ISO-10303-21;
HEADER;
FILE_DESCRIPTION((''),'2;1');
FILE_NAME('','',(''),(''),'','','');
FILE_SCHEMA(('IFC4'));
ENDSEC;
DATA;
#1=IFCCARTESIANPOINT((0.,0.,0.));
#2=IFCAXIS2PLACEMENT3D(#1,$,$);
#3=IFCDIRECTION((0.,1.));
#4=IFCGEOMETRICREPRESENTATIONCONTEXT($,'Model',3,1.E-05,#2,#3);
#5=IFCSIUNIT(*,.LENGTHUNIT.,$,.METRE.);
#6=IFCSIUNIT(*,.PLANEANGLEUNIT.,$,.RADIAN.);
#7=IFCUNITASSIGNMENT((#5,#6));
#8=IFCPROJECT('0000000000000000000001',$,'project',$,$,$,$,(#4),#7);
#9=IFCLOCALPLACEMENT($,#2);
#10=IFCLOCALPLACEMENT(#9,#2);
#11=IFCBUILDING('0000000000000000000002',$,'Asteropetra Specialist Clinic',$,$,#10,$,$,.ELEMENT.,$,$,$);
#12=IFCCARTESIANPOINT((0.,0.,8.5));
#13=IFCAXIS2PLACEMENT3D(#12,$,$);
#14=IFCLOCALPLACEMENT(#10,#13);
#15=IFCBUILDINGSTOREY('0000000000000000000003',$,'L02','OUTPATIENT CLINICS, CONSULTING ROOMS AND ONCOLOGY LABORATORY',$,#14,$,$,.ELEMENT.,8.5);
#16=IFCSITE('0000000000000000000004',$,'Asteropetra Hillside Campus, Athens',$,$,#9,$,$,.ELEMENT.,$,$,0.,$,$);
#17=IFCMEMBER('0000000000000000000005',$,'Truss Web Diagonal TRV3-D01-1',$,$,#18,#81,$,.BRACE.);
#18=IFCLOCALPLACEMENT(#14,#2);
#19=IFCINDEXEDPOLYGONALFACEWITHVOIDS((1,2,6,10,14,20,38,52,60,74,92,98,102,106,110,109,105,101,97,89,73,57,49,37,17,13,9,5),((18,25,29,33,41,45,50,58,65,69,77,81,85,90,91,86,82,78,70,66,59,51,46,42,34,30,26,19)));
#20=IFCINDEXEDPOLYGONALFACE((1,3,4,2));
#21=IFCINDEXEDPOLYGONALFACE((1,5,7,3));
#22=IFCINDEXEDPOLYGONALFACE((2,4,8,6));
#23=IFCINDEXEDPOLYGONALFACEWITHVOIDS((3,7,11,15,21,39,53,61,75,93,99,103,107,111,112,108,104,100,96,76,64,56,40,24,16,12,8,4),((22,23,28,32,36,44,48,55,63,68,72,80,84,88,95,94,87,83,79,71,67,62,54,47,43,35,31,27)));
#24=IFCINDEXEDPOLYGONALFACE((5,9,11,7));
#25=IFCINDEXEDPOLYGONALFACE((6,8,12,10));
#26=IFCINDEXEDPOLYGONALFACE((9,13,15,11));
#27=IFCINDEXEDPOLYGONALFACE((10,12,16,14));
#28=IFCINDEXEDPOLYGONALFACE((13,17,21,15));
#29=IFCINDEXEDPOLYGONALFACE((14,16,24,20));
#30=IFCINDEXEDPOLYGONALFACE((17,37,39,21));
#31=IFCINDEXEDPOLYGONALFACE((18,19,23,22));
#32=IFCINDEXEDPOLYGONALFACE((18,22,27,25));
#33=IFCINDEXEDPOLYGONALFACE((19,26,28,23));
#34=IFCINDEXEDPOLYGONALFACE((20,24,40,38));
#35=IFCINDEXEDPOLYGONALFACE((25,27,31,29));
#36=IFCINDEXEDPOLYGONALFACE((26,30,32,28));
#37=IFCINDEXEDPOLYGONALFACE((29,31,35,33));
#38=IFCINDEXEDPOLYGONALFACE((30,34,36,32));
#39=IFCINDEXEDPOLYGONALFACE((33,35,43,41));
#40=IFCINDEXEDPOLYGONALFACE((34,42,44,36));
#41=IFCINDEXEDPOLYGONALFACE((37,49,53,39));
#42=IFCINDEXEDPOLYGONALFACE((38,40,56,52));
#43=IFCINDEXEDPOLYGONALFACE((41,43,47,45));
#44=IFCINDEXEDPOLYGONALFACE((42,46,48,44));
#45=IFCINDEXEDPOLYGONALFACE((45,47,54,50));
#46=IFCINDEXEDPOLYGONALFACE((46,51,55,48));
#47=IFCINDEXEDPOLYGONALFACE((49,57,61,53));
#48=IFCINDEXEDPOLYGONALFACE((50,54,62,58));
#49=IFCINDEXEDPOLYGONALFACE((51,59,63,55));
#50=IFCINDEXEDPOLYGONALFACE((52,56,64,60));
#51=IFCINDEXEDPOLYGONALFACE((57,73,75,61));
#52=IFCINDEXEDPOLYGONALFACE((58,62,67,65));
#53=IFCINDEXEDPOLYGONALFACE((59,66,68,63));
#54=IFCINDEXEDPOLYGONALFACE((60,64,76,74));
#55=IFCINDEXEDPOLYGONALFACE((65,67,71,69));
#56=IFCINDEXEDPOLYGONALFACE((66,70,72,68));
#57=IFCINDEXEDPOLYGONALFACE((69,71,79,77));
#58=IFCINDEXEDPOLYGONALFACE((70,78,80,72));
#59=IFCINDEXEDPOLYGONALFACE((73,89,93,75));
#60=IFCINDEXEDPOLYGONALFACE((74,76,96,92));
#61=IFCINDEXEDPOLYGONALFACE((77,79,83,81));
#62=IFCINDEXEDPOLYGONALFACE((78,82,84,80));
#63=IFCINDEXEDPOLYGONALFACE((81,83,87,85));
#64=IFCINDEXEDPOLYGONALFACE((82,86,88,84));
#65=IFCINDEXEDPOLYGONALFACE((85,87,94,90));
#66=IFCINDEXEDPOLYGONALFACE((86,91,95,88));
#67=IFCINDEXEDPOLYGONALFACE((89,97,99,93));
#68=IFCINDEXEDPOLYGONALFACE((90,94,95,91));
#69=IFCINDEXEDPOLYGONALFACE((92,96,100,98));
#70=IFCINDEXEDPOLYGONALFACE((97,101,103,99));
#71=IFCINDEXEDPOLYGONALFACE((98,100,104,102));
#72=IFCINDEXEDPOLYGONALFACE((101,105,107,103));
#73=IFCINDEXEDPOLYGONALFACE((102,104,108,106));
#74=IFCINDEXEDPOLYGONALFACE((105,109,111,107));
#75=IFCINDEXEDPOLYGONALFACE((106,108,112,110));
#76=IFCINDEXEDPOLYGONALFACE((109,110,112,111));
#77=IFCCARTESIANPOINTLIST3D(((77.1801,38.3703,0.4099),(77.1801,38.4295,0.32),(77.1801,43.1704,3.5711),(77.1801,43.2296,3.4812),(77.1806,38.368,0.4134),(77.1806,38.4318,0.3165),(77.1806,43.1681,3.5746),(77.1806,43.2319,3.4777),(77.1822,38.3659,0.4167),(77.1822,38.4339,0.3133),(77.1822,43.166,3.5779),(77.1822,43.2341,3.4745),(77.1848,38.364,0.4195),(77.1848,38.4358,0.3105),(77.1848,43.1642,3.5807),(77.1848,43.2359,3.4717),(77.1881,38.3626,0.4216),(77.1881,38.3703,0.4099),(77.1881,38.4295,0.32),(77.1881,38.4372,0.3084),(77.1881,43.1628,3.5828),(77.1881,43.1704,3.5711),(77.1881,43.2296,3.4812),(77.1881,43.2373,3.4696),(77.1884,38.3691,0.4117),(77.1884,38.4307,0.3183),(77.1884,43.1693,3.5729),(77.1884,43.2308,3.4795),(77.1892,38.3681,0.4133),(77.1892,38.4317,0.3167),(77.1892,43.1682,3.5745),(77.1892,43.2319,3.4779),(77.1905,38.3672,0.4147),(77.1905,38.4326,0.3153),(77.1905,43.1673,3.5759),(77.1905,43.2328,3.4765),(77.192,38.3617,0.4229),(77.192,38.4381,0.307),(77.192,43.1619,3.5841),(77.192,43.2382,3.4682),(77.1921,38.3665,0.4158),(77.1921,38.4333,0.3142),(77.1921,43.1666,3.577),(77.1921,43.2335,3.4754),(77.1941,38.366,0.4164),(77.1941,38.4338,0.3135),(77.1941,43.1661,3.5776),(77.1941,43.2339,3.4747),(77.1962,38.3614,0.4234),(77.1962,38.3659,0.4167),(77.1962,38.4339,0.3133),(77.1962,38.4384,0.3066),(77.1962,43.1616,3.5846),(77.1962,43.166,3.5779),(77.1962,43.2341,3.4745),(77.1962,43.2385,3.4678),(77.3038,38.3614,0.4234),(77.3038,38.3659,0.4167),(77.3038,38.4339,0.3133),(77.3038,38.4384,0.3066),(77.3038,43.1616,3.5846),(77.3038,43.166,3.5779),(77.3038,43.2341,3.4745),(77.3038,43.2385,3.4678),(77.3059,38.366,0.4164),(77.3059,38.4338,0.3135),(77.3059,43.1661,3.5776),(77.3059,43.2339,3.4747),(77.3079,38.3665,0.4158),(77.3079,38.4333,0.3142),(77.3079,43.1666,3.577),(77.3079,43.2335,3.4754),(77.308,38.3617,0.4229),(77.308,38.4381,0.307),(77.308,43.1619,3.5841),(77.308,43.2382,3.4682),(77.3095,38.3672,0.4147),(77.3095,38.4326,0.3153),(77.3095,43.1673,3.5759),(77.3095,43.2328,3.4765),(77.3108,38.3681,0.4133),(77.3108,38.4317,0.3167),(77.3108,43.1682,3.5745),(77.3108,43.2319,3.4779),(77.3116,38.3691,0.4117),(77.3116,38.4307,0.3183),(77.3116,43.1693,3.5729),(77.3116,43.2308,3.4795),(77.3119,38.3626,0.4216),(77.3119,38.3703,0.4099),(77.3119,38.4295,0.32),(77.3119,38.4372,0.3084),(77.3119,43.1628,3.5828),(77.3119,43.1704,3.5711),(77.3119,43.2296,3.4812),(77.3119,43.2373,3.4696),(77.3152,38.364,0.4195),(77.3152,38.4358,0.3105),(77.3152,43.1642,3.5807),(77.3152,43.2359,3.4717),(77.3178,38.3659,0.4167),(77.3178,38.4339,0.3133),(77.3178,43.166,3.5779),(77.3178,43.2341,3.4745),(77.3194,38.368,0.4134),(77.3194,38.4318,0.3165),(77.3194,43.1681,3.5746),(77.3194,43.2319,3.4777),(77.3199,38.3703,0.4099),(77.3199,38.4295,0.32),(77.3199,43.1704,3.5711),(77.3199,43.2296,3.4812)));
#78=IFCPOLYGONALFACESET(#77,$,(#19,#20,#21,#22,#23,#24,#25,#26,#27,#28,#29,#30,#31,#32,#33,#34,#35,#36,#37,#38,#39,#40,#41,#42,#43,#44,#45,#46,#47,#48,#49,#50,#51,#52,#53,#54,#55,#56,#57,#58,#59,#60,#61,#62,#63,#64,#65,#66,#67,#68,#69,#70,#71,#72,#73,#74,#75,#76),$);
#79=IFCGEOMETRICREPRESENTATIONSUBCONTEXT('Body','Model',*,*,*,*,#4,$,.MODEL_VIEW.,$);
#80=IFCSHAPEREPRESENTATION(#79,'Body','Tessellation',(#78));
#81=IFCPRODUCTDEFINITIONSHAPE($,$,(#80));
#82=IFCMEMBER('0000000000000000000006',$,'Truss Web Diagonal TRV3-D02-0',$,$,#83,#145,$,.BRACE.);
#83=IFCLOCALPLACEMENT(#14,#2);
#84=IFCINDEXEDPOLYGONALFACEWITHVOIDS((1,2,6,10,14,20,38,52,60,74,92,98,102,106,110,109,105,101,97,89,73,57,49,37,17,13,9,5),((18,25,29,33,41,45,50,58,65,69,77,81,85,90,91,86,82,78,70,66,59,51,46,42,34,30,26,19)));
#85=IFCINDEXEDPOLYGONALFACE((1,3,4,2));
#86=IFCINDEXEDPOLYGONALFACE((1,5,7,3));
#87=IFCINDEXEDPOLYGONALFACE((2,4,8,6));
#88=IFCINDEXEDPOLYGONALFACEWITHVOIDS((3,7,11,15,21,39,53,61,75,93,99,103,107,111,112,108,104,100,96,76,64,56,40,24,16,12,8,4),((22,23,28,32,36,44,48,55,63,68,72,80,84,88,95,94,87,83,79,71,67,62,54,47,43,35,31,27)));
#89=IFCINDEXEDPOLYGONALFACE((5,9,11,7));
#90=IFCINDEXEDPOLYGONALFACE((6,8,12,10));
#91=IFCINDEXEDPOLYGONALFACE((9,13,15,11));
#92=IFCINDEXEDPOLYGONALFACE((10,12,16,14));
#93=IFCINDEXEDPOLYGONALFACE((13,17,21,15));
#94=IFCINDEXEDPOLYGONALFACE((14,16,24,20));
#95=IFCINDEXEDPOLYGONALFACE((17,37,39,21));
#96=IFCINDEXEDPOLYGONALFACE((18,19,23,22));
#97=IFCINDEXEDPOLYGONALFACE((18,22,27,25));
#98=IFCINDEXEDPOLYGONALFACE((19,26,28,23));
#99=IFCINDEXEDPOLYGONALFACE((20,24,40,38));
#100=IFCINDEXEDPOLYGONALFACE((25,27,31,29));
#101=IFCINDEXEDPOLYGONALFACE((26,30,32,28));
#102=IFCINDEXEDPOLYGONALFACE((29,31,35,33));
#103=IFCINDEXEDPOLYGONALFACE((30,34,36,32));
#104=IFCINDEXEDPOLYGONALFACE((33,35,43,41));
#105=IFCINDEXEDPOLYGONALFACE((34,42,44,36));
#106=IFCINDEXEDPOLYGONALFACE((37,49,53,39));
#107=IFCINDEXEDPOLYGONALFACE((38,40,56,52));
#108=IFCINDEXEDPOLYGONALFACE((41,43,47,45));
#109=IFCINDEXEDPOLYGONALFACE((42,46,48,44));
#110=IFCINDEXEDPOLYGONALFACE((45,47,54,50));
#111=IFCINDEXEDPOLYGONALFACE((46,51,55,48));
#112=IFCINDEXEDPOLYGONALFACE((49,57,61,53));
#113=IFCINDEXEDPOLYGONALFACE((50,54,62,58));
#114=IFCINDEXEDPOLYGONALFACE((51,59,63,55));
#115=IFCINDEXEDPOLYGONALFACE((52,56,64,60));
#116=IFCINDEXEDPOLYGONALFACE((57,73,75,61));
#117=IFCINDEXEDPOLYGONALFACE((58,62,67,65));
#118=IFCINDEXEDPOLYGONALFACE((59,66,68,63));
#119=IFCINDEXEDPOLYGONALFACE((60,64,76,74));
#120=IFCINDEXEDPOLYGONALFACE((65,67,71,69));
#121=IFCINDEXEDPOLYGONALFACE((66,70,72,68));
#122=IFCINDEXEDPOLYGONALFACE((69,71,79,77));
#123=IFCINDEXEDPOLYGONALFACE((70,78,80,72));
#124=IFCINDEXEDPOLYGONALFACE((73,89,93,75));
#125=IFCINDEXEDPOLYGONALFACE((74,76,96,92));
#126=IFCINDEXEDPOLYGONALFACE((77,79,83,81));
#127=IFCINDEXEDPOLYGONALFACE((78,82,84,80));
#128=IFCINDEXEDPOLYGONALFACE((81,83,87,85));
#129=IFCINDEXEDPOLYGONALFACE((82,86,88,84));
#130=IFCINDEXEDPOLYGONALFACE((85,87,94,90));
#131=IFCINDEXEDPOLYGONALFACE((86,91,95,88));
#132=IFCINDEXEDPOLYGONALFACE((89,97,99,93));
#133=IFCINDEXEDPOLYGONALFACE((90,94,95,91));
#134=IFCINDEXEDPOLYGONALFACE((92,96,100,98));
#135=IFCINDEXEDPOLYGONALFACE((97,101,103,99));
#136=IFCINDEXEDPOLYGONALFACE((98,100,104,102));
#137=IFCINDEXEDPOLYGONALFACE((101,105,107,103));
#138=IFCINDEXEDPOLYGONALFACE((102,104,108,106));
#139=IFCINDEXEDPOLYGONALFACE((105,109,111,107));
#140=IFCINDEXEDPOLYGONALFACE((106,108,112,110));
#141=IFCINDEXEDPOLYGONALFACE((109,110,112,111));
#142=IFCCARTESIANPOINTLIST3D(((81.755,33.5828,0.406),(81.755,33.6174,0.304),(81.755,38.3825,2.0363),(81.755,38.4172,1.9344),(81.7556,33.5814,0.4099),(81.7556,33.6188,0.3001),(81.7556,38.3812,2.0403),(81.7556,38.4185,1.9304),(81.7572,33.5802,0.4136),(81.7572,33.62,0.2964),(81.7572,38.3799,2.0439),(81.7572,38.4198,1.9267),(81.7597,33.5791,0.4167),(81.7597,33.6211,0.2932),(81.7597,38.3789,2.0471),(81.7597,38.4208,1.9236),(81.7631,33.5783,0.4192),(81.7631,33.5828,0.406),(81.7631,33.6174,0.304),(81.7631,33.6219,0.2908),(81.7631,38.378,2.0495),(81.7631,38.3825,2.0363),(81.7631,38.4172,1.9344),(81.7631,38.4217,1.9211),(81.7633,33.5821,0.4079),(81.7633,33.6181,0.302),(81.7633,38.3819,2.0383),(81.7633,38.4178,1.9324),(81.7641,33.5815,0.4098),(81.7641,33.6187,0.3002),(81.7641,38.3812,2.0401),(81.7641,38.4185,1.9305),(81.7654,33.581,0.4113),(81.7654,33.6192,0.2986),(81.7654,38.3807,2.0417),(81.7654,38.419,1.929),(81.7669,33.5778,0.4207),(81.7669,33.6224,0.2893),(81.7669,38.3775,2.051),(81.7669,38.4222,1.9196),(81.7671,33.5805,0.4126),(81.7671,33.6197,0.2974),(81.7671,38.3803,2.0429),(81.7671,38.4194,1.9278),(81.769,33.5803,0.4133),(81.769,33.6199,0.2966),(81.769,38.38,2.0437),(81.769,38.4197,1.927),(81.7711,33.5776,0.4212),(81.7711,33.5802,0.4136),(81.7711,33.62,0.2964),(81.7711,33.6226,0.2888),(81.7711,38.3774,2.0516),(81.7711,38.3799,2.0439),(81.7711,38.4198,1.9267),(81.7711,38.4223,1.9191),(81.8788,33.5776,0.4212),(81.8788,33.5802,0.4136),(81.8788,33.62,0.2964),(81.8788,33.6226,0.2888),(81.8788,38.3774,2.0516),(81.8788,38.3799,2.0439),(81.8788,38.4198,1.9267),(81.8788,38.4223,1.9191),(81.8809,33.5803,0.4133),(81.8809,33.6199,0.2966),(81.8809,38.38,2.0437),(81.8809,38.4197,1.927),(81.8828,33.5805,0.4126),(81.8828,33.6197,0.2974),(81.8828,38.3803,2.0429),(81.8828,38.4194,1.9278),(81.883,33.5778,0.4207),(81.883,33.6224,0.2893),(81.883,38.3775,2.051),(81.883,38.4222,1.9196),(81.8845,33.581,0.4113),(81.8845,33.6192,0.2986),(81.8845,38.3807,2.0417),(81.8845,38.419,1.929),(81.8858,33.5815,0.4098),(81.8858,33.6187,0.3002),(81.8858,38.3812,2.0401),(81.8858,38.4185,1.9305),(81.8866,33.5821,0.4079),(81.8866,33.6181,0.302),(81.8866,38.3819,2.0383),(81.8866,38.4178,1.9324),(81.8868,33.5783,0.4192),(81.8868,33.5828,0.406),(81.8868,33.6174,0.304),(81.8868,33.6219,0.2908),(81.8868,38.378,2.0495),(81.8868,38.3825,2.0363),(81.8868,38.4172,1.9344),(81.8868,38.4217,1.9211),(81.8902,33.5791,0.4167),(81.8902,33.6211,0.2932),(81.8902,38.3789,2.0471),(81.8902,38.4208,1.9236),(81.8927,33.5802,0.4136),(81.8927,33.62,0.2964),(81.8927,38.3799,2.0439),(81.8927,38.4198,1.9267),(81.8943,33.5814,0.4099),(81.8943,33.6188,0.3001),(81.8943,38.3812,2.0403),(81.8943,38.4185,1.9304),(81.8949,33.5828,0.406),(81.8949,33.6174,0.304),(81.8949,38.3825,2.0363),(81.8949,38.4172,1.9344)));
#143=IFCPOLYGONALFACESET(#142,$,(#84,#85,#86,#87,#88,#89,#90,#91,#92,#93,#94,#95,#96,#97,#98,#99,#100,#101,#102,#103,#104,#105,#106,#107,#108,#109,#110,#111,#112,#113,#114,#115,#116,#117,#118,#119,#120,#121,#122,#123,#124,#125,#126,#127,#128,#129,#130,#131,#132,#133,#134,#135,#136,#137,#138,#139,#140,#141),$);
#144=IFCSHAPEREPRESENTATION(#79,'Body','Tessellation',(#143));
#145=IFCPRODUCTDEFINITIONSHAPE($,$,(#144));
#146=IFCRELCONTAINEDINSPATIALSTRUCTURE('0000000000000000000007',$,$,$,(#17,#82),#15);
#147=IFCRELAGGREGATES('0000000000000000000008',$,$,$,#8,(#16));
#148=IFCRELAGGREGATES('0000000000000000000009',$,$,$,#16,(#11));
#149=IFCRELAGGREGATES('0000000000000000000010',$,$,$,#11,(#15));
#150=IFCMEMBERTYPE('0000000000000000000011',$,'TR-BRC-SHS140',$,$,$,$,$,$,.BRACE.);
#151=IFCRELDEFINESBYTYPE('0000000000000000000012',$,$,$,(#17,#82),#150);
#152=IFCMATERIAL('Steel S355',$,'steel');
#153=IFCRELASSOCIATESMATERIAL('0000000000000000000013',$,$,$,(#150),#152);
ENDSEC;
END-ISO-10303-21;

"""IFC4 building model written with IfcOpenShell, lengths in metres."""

from ifc_helpers import new_model, si_unit, direction, frame, origin, origin_2d, place, context, subcontext, project, spatial, hollow_rectangle, extrude, material, material_profile, profile_set, type_object, element, save


model = new_model("IFC4")

# Units and contexts
model_context = context("Model", 3, precision=1e-05, world=origin(), true_north=direction((0.0, 1.0)))
body_context = subcontext(model_context, "Body", "Model", "MODEL_VIEW")
ifc_project = project(units=[si_unit("LENGTHUNIT", "METRE"), si_unit("PLANEANGLEUNIT", "RADIAN")], contexts=[model_context])

# Site, building, storey
site_placement = place(None, origin())
site = spatial("IfcSite", under=ifc_project, at=site_placement, Name="Asteropetra Hillside Campus, Athens", CompositionType="ELEMENT", RefElevation=0.0)
building_placement = place(site_placement, origin())
building = spatial("IfcBuilding", under=site, at=building_placement, Name="Asteropetra Specialist Clinic", CompositionType="ELEMENT")
storey_placement = place(building_placement, frame((0.0, 0.0, 8.5)))
storey = spatial("IfcBuildingStorey", under=building, at=storey_placement, Name="L02", Description="OUTPATIENT CLINICS, CONSULTING ROOMS AND ONCOLOGY LABORATORY", CompositionType="ELEMENT", Elevation=8.5)

# Members
ifc_material_1 = material(Name="Steel S355", Category="steel")
ifc_material_profile_1 = material_profile(ifc_material_1, hollow_rectangle(XDim=0.1399, YDim=0.1399, WallThickness=0.0081, InnerFilletRadius=0.0081, OuterFilletRadius=0.0161, at=origin_2d()), Name="SHS 140x140x8.0")
ifc_profile_set_1 = profile_set([ifc_material_profile_1], Name="Steel S355")
member_type_1 = type_object("IfcMemberType", Name="TR-BRC-SHS140", PredefinedType="BRACE", material=ifc_profile_set_1)
member_1_placement = place(storey_placement, frame((77.25, 38.3999, 0.365), z_axis=(0.0, 0.835161, 0.550006), x_axis=(-1.0, 0.0, 0.0)))
element("IfcMember", 1, at=member_1_placement, inside=storey, type_object=member_type_1, Name="Truss Web Diagonal TRV3-D01-1", PredefinedType="BRACE", context=body_context, shape_type="SweptSolid", body=[
    extrude(hollow_rectangle(XDim=0.1399, YDim=0.1399, WallThickness=0.0081, InnerFilletRadius=0.0081, OuterFilletRadius=0.0161, at=origin_2d()), origin(), (0.0, 0.0, 1.0), 5.7476),
])
member_2_placement = place(storey_placement, frame((81.825, 33.6001, 0.355), z_axis=(0.0, 0.946867, 0.321626), x_axis=(-1.0, 0.0, 0.0)))
element("IfcMember", 2, at=member_2_placement, inside=storey, type_object=member_type_1, Name="Truss Web Diagonal TRV3-D02-0", PredefinedType="BRACE", context=body_context, shape_type="SweptSolid", body=[
    extrude(hollow_rectangle(XDim=0.1399, YDim=0.1399, WallThickness=0.0081, InnerFilletRadius=0.0081, OuterFilletRadius=0.0161, at=origin_2d()), origin(), (0.0, 0.0, 1.0), 5.0691),
])

save(model, "model.ifc")
